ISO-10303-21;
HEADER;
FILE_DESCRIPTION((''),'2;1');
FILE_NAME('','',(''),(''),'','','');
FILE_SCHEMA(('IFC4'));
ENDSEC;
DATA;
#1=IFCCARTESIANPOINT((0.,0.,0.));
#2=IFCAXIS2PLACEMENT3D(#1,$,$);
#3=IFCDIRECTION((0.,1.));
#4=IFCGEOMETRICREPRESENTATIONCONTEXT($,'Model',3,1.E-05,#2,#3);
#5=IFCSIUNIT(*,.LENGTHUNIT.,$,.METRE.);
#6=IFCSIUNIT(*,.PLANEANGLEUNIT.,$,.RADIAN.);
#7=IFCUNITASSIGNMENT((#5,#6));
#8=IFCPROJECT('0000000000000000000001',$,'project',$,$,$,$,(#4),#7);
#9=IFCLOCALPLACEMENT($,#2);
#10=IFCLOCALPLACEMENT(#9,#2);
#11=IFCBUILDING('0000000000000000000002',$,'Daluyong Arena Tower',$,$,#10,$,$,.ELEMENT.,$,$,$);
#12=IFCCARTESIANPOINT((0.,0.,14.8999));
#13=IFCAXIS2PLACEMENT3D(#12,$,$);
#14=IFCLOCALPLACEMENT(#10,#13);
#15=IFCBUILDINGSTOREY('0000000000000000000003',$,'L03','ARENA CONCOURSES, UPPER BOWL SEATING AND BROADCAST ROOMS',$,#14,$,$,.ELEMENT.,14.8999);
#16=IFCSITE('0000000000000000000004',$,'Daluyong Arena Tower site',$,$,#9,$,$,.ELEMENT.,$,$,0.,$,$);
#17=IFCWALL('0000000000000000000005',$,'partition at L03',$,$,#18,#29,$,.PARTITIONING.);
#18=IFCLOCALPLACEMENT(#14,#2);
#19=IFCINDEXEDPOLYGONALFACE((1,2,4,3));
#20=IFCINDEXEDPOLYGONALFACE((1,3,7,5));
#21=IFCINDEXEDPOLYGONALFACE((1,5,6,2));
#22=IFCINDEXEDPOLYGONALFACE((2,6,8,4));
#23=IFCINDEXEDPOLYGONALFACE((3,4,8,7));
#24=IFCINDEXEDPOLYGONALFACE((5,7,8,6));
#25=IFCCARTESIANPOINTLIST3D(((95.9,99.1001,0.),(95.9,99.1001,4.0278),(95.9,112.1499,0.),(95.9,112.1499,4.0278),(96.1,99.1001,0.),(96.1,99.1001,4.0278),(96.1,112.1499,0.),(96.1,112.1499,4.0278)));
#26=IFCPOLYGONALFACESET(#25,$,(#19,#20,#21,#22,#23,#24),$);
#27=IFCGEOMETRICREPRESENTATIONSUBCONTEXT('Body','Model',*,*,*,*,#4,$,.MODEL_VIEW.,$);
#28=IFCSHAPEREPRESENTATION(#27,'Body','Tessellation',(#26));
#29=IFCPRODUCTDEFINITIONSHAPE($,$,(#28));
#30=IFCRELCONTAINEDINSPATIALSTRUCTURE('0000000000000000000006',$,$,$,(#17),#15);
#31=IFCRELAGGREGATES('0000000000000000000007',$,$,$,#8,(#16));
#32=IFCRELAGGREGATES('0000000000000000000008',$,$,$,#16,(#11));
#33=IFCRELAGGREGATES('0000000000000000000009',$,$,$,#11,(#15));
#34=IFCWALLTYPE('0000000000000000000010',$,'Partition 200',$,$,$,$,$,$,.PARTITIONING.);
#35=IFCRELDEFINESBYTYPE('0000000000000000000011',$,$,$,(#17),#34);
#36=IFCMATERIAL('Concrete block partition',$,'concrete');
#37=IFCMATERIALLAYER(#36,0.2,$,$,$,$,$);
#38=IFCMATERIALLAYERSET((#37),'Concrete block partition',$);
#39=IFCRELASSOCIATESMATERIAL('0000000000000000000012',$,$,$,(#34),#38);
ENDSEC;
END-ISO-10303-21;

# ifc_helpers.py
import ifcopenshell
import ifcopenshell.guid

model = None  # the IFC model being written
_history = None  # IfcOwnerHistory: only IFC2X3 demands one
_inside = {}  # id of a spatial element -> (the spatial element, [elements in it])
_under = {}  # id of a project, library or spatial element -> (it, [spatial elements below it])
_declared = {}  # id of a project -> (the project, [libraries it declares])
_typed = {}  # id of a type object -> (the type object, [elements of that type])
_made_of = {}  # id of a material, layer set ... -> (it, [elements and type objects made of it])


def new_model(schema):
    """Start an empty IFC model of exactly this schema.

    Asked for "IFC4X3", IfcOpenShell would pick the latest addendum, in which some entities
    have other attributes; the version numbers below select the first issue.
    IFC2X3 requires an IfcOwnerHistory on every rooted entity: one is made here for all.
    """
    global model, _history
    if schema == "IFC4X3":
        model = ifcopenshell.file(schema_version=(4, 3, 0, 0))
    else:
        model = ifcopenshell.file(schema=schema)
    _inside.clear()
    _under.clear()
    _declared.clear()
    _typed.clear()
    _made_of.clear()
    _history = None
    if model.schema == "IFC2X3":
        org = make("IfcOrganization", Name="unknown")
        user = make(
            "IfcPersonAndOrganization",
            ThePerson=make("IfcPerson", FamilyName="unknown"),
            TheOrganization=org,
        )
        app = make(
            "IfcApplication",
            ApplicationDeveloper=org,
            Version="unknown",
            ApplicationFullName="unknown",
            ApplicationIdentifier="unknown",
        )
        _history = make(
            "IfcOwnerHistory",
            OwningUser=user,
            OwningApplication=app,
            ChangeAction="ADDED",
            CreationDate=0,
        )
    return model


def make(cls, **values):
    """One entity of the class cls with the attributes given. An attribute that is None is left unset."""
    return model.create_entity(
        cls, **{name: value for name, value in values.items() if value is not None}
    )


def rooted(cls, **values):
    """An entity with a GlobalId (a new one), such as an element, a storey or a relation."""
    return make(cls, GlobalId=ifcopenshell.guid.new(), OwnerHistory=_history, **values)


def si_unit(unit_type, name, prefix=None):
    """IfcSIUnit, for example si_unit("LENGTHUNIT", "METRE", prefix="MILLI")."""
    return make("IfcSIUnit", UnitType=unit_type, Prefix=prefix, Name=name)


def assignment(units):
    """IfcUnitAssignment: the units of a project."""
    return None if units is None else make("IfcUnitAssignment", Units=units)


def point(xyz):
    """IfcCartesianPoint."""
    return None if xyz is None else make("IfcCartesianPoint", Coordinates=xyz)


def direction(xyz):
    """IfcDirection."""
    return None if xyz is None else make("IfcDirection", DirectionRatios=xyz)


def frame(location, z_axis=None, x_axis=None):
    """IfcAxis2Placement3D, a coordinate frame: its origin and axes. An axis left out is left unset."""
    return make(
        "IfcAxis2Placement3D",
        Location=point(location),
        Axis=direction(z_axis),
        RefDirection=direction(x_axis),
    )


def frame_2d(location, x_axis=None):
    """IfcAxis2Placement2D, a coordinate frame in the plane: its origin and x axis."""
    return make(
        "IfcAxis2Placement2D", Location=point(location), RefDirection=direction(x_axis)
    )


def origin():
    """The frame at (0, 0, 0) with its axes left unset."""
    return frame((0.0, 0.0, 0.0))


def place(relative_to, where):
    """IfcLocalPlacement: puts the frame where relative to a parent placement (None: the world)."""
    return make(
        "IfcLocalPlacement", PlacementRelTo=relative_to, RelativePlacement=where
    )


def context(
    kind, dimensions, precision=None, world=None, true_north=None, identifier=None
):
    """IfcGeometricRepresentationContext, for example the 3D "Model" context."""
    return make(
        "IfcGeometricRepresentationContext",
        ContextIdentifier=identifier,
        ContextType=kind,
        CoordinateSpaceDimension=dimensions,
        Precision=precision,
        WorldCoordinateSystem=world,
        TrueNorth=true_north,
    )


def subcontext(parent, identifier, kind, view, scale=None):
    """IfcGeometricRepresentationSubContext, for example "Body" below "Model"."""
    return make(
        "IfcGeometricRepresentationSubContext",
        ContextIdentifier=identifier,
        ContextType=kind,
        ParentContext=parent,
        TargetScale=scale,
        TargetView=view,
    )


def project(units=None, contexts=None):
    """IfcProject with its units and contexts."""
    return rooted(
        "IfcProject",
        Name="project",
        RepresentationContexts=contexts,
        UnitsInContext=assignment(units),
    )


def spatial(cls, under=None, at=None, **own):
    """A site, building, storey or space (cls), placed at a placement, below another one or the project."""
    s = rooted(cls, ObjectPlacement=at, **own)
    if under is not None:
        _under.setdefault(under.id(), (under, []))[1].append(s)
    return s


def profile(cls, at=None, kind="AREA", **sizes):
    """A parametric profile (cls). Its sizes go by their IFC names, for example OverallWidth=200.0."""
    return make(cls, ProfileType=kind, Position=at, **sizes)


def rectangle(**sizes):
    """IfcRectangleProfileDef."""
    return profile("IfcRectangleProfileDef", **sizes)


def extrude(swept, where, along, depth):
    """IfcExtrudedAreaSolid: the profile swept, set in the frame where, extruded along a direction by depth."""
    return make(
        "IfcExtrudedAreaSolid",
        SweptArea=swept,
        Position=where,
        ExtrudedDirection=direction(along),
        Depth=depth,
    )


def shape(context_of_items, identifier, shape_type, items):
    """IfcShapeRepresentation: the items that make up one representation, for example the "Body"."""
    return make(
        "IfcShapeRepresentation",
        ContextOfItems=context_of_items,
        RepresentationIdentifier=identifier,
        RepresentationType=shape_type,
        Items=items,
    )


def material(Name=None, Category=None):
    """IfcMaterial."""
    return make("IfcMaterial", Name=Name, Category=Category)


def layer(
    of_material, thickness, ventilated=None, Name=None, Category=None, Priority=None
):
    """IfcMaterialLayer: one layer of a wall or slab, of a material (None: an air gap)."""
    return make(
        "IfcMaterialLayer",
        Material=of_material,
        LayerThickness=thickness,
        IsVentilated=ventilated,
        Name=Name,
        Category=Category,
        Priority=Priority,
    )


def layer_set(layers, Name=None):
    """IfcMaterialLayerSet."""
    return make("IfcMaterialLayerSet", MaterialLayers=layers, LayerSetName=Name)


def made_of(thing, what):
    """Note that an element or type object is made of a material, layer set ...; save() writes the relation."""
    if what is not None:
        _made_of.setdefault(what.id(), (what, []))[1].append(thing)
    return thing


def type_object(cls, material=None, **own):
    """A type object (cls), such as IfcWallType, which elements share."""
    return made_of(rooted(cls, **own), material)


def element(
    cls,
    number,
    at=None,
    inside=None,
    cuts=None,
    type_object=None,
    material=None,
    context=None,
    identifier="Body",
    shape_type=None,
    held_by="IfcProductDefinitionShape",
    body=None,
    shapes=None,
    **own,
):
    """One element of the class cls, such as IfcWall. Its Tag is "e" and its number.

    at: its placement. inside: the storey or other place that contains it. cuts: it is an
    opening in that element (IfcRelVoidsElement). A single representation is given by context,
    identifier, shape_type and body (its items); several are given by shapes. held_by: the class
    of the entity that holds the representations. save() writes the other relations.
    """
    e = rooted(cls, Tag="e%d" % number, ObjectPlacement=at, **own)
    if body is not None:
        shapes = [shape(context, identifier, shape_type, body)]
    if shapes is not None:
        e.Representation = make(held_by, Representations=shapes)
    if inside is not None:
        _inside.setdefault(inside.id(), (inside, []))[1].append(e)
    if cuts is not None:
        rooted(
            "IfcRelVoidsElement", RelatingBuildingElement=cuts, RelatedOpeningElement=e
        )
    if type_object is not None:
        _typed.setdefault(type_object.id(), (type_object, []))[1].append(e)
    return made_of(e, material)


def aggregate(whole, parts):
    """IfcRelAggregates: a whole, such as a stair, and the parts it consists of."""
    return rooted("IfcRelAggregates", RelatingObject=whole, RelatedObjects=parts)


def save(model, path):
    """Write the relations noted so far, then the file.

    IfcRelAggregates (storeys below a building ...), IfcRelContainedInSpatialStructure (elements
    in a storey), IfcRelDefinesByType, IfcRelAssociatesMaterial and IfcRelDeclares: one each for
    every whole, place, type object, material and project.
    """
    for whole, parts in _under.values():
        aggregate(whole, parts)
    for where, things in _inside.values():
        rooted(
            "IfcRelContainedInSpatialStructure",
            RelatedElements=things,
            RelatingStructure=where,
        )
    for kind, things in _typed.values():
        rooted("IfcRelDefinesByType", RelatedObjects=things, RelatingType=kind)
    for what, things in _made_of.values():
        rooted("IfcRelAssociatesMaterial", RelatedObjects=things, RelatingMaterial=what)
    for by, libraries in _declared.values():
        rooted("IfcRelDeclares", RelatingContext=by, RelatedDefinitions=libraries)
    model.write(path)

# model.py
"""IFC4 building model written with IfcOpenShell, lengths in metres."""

from ifc_helpers import new_model, si_unit, direction, frame, frame_2d, origin, place, context, subcontext, project, spatial, rectangle, extrude, material, layer, layer_set, type_object, element, save


model = new_model("IFC4")

# Units and contexts
model_context = context("Model", 3, precision=1e-05, world=origin(), true_north=direction((0.0, 1.0)))
body_context = subcontext(model_context, "Body", "Model", "MODEL_VIEW")
ifc_project = project(units=[si_unit("LENGTHUNIT", "METRE"), si_unit("PLANEANGLEUNIT", "RADIAN")], contexts=[model_context])

# Site, building, storey
site_placement = place(None, origin())
site = spatial("IfcSite", under=ifc_project, at=site_placement, Name="Daluyong Arena Tower site", CompositionType="ELEMENT", RefElevation=0.0)
building_placement = place(site_placement, origin())
building = spatial("IfcBuilding", under=site, at=building_placement, Name="Daluyong Arena Tower", CompositionType="ELEMENT")
storey_placement = place(building_placement, frame((0.0, 0.0, 14.8999)))
storey = spatial("IfcBuildingStorey", under=building, at=storey_placement, Name="L03", Description="ARENA CONCOURSES, UPPER BOWL SEATING AND BROADCAST ROOMS", CompositionType="ELEMENT", Elevation=14.8999)

# Wall
ifc_material_1 = material(Name="Concrete block partition", Category="concrete")
ifc_layer = layer(ifc_material_1, 0.2)
ifc_layer_set = layer_set([ifc_layer], Name="Concrete block partition")
wall_type = type_object("IfcWallType", Name="Partition 200", PredefinedType="PARTITIONING", material=ifc_layer_set)
wall_placement = place(storey_placement, frame((96.0, 99.1001, 0.0), z_axis=(0.0, 0.0, 1.0), x_axis=(0.0, 1.0, 0.0)))
element("IfcWall", 1, at=wall_placement, inside=storey, type_object=wall_type, Name="partition at L03", PredefinedType="PARTITIONING", context=body_context, shape_type="SweptSolid", body=[
    extrude(rectangle(XDim=13.0498, YDim=0.2, at=frame_2d((6.5249, 0.0))), origin(), (0.0, 0.0, 1.0), 4.0278),
])

save(model, "model.ifc")
